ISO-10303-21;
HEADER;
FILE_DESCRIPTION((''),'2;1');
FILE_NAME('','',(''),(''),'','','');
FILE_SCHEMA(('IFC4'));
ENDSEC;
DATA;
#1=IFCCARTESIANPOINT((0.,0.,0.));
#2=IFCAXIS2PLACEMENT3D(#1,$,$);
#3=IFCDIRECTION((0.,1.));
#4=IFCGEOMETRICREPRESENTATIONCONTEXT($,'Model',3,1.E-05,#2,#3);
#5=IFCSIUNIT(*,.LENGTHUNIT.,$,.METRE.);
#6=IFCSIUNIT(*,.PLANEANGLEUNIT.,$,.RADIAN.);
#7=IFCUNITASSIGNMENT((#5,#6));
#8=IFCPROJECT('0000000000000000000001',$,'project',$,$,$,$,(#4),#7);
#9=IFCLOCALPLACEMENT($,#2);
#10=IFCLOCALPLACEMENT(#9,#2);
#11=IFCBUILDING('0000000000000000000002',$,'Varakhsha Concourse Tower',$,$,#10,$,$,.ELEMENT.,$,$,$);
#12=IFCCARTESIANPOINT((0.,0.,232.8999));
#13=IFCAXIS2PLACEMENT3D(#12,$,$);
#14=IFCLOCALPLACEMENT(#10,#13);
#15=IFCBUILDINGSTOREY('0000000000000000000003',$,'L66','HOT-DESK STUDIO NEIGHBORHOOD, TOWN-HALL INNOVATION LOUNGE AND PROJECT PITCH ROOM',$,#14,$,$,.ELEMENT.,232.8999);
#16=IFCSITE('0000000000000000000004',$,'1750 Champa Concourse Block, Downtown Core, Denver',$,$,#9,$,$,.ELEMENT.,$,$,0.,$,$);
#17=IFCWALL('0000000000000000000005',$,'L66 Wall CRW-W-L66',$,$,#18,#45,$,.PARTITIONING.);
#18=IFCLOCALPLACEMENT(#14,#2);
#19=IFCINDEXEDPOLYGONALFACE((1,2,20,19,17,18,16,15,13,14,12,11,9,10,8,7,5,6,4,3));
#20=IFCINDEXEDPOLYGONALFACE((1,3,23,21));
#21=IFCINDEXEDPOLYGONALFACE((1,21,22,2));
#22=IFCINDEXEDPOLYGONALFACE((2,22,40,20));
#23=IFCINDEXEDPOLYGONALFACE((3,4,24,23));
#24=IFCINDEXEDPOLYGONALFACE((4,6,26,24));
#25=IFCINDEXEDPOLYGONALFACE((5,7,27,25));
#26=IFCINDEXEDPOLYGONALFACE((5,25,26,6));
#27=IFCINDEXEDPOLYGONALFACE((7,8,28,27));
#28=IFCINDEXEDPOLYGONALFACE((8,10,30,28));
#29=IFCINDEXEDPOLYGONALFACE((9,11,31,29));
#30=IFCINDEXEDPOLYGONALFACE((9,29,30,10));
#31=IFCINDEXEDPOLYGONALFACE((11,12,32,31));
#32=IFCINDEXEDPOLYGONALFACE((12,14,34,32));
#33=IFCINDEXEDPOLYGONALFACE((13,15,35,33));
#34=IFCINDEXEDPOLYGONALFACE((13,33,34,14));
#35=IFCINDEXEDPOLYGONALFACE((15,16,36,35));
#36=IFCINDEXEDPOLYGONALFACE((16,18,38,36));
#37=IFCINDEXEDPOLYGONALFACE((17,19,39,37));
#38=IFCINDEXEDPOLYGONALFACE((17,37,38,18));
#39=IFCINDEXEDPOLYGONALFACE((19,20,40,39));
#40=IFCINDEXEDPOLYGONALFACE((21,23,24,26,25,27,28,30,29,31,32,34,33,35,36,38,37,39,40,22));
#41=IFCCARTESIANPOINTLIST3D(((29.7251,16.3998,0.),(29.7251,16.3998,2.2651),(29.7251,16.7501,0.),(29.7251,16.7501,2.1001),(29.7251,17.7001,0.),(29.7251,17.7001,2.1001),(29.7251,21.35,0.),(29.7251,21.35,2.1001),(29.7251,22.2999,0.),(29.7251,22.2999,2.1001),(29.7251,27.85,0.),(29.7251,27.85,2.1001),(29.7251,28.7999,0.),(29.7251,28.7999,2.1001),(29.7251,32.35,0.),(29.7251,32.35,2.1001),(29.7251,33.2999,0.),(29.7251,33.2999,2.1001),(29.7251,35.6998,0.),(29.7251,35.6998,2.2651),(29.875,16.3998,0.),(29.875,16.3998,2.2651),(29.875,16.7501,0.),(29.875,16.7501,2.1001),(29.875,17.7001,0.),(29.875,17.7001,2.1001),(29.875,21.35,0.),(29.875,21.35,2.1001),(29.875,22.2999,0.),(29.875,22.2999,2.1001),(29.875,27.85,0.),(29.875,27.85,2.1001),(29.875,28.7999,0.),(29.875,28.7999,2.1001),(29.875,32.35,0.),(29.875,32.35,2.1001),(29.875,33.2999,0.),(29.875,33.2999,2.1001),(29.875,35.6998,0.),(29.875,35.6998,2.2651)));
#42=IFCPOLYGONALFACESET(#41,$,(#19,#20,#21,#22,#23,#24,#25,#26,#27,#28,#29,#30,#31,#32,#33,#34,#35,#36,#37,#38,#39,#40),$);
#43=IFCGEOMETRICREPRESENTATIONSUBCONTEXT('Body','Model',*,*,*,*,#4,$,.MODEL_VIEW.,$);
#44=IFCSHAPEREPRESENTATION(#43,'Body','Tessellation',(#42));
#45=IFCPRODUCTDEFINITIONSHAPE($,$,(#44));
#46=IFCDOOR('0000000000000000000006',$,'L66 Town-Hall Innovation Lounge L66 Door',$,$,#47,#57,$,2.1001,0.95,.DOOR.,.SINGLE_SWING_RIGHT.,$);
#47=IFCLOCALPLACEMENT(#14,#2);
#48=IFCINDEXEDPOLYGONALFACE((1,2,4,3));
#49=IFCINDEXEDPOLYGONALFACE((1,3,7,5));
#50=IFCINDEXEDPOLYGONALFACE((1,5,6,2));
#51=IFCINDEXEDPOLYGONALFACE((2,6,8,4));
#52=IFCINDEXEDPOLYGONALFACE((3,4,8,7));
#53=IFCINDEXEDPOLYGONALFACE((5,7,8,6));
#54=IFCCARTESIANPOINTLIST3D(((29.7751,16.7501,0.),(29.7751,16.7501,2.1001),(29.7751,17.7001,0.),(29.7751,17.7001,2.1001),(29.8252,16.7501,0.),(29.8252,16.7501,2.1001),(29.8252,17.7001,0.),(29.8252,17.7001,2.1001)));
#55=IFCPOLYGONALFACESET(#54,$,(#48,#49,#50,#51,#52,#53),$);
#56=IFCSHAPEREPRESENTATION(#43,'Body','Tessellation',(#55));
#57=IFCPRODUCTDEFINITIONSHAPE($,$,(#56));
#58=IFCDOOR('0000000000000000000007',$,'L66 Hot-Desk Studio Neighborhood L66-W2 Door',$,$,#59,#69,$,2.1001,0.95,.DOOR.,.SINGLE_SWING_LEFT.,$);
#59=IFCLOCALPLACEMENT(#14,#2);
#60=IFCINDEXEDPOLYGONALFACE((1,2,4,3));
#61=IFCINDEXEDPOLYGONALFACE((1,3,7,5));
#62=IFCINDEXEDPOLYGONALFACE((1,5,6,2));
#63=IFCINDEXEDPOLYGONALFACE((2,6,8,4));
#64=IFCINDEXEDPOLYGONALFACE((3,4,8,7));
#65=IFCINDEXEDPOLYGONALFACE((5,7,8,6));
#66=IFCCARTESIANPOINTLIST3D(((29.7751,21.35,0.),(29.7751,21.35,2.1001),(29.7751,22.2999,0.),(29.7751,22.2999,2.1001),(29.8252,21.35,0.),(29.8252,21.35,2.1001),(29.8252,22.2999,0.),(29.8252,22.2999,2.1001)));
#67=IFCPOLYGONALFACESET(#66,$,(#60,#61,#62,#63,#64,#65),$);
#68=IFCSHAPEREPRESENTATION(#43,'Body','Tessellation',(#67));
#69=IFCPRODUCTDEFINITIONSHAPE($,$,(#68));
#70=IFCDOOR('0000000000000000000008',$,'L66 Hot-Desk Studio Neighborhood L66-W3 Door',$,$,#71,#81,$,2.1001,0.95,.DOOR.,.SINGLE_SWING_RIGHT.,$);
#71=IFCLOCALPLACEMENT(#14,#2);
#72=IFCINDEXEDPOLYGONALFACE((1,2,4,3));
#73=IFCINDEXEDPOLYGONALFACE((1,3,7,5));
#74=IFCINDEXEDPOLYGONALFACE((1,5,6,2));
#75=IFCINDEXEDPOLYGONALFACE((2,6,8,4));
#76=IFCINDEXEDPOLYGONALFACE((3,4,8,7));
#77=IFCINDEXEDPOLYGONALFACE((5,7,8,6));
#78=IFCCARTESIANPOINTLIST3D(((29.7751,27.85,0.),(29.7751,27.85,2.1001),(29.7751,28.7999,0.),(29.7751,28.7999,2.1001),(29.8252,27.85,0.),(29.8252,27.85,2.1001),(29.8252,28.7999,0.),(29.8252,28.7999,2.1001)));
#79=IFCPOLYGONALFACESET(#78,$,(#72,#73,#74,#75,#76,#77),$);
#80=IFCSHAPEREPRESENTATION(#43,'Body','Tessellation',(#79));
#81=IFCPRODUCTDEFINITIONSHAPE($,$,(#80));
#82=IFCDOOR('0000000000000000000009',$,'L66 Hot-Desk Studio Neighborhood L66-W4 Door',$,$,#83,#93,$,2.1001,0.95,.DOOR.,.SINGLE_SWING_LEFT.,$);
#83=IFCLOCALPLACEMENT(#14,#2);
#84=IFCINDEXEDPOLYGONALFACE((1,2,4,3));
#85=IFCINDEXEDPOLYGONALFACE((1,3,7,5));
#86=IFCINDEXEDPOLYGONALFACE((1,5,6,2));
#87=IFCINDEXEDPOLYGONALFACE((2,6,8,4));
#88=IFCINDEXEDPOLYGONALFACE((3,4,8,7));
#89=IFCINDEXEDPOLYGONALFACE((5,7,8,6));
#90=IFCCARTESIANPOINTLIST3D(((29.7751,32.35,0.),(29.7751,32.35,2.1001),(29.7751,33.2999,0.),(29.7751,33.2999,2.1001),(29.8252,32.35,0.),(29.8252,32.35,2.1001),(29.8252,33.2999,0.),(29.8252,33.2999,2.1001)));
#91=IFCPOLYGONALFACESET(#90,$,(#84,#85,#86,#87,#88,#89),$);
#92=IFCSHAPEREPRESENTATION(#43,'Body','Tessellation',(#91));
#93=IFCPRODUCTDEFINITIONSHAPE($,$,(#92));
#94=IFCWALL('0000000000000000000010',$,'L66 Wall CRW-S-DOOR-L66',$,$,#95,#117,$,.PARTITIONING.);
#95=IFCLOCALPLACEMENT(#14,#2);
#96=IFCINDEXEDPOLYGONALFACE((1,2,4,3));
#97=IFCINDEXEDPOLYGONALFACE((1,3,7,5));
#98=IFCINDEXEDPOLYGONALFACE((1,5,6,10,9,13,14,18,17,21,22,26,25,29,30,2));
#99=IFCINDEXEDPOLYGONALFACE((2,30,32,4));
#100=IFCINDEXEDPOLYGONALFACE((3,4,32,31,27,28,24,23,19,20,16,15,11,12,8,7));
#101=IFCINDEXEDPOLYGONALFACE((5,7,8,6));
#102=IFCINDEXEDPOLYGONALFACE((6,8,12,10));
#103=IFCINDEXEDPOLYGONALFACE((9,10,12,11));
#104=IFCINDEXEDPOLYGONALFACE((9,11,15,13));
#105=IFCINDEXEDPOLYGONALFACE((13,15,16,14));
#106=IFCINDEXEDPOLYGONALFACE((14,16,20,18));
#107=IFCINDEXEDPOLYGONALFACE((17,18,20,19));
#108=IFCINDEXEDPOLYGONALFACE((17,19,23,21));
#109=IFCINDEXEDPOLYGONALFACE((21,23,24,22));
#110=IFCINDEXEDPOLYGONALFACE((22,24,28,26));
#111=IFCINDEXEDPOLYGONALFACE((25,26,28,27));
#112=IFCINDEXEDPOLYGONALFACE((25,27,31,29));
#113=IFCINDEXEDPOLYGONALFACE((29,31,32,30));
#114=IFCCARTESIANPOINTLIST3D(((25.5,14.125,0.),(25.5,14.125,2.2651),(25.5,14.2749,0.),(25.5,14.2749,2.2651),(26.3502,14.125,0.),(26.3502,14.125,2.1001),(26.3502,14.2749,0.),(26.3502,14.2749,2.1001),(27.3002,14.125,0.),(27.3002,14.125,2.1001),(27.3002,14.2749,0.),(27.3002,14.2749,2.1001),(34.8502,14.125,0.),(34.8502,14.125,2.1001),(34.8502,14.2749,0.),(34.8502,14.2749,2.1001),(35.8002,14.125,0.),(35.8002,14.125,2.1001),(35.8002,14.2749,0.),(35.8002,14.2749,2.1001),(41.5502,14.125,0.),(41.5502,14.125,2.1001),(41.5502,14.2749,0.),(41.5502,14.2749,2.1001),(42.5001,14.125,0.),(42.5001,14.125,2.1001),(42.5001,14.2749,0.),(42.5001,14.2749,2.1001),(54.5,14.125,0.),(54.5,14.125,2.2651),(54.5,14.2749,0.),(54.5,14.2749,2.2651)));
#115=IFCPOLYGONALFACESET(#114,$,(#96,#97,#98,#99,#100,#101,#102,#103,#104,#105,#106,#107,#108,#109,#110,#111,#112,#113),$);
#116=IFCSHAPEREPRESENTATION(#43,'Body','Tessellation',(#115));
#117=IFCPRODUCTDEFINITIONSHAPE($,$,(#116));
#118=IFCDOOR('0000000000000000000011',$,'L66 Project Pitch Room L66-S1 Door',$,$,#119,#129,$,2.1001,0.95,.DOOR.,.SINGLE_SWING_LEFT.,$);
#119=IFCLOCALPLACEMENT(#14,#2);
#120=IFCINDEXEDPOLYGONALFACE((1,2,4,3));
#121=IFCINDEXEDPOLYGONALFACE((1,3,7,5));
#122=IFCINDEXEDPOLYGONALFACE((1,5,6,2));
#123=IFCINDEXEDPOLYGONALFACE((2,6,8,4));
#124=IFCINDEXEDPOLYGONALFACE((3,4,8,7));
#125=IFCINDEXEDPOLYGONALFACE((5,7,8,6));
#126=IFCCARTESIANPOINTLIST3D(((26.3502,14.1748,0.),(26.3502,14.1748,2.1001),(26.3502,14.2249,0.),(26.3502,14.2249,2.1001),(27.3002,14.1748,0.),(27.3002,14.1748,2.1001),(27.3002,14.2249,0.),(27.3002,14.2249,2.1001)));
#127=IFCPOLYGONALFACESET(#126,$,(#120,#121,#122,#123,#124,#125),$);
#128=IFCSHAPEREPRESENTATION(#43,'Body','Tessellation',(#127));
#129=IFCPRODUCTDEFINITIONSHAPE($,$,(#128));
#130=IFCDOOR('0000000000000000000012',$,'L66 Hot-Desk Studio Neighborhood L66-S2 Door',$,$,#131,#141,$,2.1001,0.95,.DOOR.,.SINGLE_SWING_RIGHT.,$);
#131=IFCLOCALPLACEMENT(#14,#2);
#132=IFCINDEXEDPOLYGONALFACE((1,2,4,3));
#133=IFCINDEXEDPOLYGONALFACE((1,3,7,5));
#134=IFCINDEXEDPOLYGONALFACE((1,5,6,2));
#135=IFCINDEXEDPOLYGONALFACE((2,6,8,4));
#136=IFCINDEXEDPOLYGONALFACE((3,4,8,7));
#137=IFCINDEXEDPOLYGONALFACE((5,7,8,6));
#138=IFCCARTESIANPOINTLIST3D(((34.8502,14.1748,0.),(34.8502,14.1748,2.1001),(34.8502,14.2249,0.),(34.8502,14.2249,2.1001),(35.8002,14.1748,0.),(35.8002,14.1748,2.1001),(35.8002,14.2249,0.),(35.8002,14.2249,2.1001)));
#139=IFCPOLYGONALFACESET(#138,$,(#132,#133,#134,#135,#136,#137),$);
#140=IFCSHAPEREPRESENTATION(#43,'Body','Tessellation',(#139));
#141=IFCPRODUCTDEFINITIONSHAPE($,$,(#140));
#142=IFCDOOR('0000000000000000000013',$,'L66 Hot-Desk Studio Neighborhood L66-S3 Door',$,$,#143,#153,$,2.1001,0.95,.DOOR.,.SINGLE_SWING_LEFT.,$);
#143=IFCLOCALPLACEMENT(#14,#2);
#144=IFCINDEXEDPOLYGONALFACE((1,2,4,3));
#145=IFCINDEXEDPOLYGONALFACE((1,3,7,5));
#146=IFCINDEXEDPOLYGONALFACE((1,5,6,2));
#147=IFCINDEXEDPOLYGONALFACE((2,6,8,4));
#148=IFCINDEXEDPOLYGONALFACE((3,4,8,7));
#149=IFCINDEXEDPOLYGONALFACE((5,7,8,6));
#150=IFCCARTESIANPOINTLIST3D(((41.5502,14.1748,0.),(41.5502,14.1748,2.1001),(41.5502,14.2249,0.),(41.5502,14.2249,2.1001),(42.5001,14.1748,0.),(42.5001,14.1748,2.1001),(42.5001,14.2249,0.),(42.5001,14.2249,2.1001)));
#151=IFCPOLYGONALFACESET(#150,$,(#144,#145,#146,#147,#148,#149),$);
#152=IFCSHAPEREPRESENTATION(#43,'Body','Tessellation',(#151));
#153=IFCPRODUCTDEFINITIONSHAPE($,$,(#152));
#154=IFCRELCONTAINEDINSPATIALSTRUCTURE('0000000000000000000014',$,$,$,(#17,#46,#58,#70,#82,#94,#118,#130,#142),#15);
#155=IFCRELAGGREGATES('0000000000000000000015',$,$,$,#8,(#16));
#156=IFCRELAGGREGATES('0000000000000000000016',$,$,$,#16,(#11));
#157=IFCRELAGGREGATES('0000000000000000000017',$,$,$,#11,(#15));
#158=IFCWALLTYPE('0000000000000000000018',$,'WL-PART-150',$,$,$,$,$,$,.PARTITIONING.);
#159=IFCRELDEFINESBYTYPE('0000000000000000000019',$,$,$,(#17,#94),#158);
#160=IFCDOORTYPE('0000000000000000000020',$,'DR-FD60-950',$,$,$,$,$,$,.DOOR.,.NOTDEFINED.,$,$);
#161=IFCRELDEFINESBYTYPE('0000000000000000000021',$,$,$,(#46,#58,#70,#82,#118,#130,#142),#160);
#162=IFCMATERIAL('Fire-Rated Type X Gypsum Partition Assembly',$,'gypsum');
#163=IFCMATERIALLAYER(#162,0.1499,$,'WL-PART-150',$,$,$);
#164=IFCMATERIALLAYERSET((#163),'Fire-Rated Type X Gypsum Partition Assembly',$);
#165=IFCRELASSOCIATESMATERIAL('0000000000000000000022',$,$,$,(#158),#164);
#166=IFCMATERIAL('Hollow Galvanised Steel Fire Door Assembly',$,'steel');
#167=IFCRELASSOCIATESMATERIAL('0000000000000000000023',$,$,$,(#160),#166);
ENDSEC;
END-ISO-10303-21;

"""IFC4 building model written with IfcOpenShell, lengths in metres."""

from ifc_helpers import new_model, si_unit, direction, frame, frame_2d, origin, place, context, subcontext, project, spatial, rectangle, extrude, material, layer, layer_set, type_object, element, fill, save


model = new_model("IFC4")

# Units and contexts
model_context = context("Model", 3, precision=1e-05, world=origin(), true_north=direction((0.0, 1.0)))
body_context = subcontext(model_context, "Body", "Model", "MODEL_VIEW")
ifc_project = project(units=[si_unit("LENGTHUNIT", "METRE"), si_unit("PLANEANGLEUNIT", "RADIAN")], contexts=[model_context])

# Site, building, storey
site_placement = place(None, origin())
site = spatial("IfcSite", under=ifc_project, at=site_placement, Name="1750 Champa Concourse Block, Downtown Core, Denver", CompositionType="ELEMENT", RefElevation=0.0)
building_placement = place(site_placement, origin())
building = spatial("IfcBuilding", under=site, at=building_placement, Name="Varakhsha Concourse Tower", CompositionType="ELEMENT")
storey_placement = place(building_placement, frame((0.0, 0.0, 232.8999)))
storey = spatial("IfcBuildingStorey", under=building, at=storey_placement, Name="L66", Description="HOT-DESK STUDIO NEIGHBORHOOD, TOWN-HALL INNOVATION LOUNGE AND PROJECT PITCH ROOM", CompositionType="ELEMENT", Elevation=232.8999)

# Walls, openings, doors
ifc_material_1 = material(Name="Fire-Rated Type X Gypsum Partition Assembly", Category="gypsum")
ifc_layer_1 = layer(ifc_material_1, 0.1499, Name="WL-PART-150")
ifc_layer_set_1 = layer_set([ifc_layer_1], Name="Fire-Rated Type X Gypsum Partition Assembly")
wall_type = type_object("IfcWallType", Name="WL-PART-150", PredefinedType="PARTITIONING", material=ifc_layer_set_1)
wall_1_placement = place(storey_placement, frame((29.8, 16.3999, 0.0), z_axis=(0.0, 0.0, 1.0), x_axis=(0.0, 1.0, 0.0)))
wall_1 = element("IfcWall", 1, at=wall_1_placement, inside=storey, type_object=wall_type, Name="L66 Wall CRW-W-L66", PredefinedType="PARTITIONING", context=body_context, shape_type="SweptSolid", body=[
    extrude(rectangle(XDim=19.3, YDim=0.1499, at=frame_2d((9.6499, 0.0))), origin(), (0.0, 0.0, 1.0), 2.2651),
])
opening_1_placement = place(wall_1_placement, frame((0.3501, 0.0, 0.0)))
opening_1 = element("IfcOpeningElement", 2, at=opening_1_placement, cuts=wall_1, PredefinedType="OPENING", context=body_context, shape_type="SweptSolid", body=[
    extrude(rectangle(XDim=0.95, YDim=2.1001, at=frame_2d((0.4751, 1.05))), frame((0.0, 0.085, 0.0), z_axis=(0.0, -1.0, 0.0), x_axis=(1.0, 0.0, 0.0)), (0.0, 0.0, 1.0), 0.1699),
])
opening_2_placement = place(wall_1_placement, frame((4.95, 0.0, 0.0)))
opening_2 = element("IfcOpeningElement", 3, at=opening_2_placement, cuts=wall_1, PredefinedType="OPENING", context=body_context, shape_type="SweptSolid", body=[
    extrude(rectangle(XDim=0.95, YDim=2.1001, at=frame_2d((0.4751, 1.05))), frame((0.0, 0.085, 0.0), z_axis=(0.0, -1.0, 0.0), x_axis=(1.0, 0.0, 0.0)), (0.0, 0.0, 1.0), 0.1699),
])
opening_3_placement = place(wall_1_placement, frame((11.45, 0.0, 0.0)))
opening_3 = element("IfcOpeningElement", 4, at=opening_3_placement, cuts=wall_1, PredefinedType="OPENING", context=body_context, shape_type="SweptSolid", body=[
    extrude(rectangle(XDim=0.95, YDim=2.1001, at=frame_2d((0.4751, 1.05))), frame((0.0, 0.085, 0.0), z_axis=(0.0, -1.0, 0.0), x_axis=(1.0, 0.0, 0.0)), (0.0, 0.0, 1.0), 0.1699),
])
opening_4_placement = place(wall_1_placement, frame((15.95, 0.0, 0.0)))
opening_4 = element("IfcOpeningElement", 5, at=opening_4_placement, cuts=wall_1, PredefinedType="OPENING", context=body_context, shape_type="SweptSolid", body=[
    extrude(rectangle(XDim=0.95, YDim=2.1001, at=frame_2d((0.4751, 1.05))), frame((0.0, 0.085, 0.0), z_axis=(0.0, -1.0, 0.0), x_axis=(1.0, 0.0, 0.0)), (0.0, 0.0, 1.0), 0.1699),
])
ifc_material_2 = material(Name="Hollow Galvanised Steel Fire Door Assembly", Category="steel")
door_type = type_object("IfcDoorType", Name="DR-FD60-950", OperationType="NOTDEFINED", PredefinedType="DOOR", material=ifc_material_2)
door_1_placement = place(opening_1_placement, origin())
door_1 = element("IfcDoor", 6, at=door_1_placement, inside=storey, type_object=door_type, Name="L66 Town-Hall Innovation Lounge L66 Door", OperationType="SINGLE_SWING_RIGHT", OverallHeight=2.1001, OverallWidth=0.95, PredefinedType="DOOR", context=body_context, shape_type="SweptSolid", body=[
    extrude(rectangle(XDim=0.95, YDim=2.1001, at=frame_2d((0.4751, 1.05))), frame((0.0, 0.0249, 0.0), z_axis=(0.0, -1.0, 0.0), x_axis=(1.0, 0.0, 0.0)), (0.0, 0.0, 1.0), 0.05),
])
fill(opening_1, door_1)
door_2_placement = place(opening_2_placement, origin())
door_2 = element("IfcDoor", 7, at=door_2_placement, inside=storey, type_object=door_type, Name="L66 Hot-Desk Studio Neighborhood L66-W2 Door", OperationType="SINGLE_SWING_LEFT", OverallHeight=2.1001, OverallWidth=0.95, PredefinedType="DOOR", context=body_context, shape_type="SweptSolid", body=[
    extrude(rectangle(XDim=0.95, YDim=2.1001, at=frame_2d((0.4751, 1.05))), frame((0.0, 0.0249, 0.0), z_axis=(0.0, -1.0, 0.0), x_axis=(1.0, 0.0, 0.0)), (0.0, 0.0, 1.0), 0.05),
])
fill(opening_2, door_2)
door_3_placement = place(opening_3_placement, origin())
door_3 = element("IfcDoor", 8, at=door_3_placement, inside=storey, type_object=door_type, Name="L66 Hot-Desk Studio Neighborhood L66-W3 Door", OperationType="SINGLE_SWING_RIGHT", OverallHeight=2.1001, OverallWidth=0.95, PredefinedType="DOOR", context=body_context, shape_type="SweptSolid", body=[
    extrude(rectangle(XDim=0.95, YDim=2.1001, at=frame_2d((0.4751, 1.05))), frame((0.0, 0.0249, 0.0), z_axis=(0.0, -1.0, 0.0), x_axis=(1.0, 0.0, 0.0)), (0.0, 0.0, 1.0), 0.05),
])
fill(opening_3, door_3)
door_4_placement = place(opening_4_placement, origin())
door_4 = element("IfcDoor", 9, at=door_4_placement, inside=storey, type_object=door_type, Name="L66 Hot-Desk Studio Neighborhood L66-W4 Door", OperationType="SINGLE_SWING_LEFT", OverallHeight=2.1001, OverallWidth=0.95, PredefinedType="DOOR", context=body_context, shape_type="SweptSolid", body=[
    extrude(rectangle(XDim=0.95, YDim=2.1001, at=frame_2d((0.4751, 1.05))), frame((0.0, 0.0249, 0.0), z_axis=(0.0, -1.0, 0.0), x_axis=(1.0, 0.0, 0.0)), (0.0, 0.0, 1.0), 0.05),
])
fill(opening_4, door_4)
wall_2_placement = place(storey_placement, frame((25.5, 14.2, 0.0), z_axis=(0.0, 0.0, 1.0), x_axis=(1.0, 0.0, 0.0)))
wall_2 = element("IfcWall", 10, at=wall_2_placement, inside=storey, type_object=wall_type, Name="L66 Wall CRW-S-DOOR-L66", PredefinedType="PARTITIONING", context=body_context, shape_type="SweptSolid", body=[
    extrude(rectangle(XDim=29.0, YDim=0.1499, at=frame_2d((14.5, 0.0))), origin(), (0.0, 0.0, 1.0), 2.2651),
])
opening_5_placement = place(wall_2_placement, frame((0.8501, 0.0, 0.0)))
opening_5 = element("IfcOpeningElement", 11, at=opening_5_placement, cuts=wall_2, PredefinedType="OPENING", context=body_context, shape_type="SweptSolid", body=[
    extrude(rectangle(XDim=0.95, YDim=2.1001, at=frame_2d((0.4751, 1.05))), frame((0.0, 0.085, 0.0), z_axis=(0.0, -1.0, 0.0), x_axis=(1.0, 0.0, 0.0)), (0.0, 0.0, 1.0), 0.1699),
])
opening_6_placement = place(wall_2_placement, frame((9.3501, 0.0, 0.0)))
opening_6 = element("IfcOpeningElement", 12, at=opening_6_placement, cuts=wall_2, PredefinedType="OPENING", context=body_context, shape_type="SweptSolid", body=[
    extrude(rectangle(XDim=0.95, YDim=2.1001, at=frame_2d((0.4751, 1.05))), frame((0.0, 0.085, 0.0), z_axis=(0.0, -1.0, 0.0), x_axis=(1.0, 0.0, 0.0)), (0.0, 0.0, 1.0), 0.1699),
])
opening_7_placement = place(wall_2_placement, frame((16.05, 0.0, 0.0)))
opening_7 = element("IfcOpeningElement", 13, at=opening_7_placement, cuts=wall_2, PredefinedType="OPENING", context=body_context, shape_type="SweptSolid", body=[
    extrude(rectangle(XDim=0.95, YDim=2.1001, at=frame_2d((0.4751, 1.05))), frame((0.0, 0.085, 0.0), z_axis=(0.0, -1.0, 0.0), x_axis=(1.0, 0.0, 0.0)), (0.0, 0.0, 1.0), 0.1699),
])
door_5_placement = place(opening_5_placement, origin())
door_5 = element("IfcDoor", 14, at=door_5_placement, inside=storey, type_object=door_type, Name="L66 Project Pitch Room L66-S1 Door", OperationType="SINGLE_SWING_LEFT", OverallHeight=2.1001, OverallWidth=0.95, PredefinedType="DOOR", context=body_context, shape_type="SweptSolid", body=[
    extrude(rectangle(XDim=0.95, YDim=2.1001, at=frame_2d((0.4751, 1.05))), frame((0.0, 0.0249, 0.0), z_axis=(0.0, -1.0, 0.0), x_axis=(1.0, 0.0, 0.0)), (0.0, 0.0, 1.0), 0.05),
])
fill(opening_5, door_5)
door_6_placement = place(opening_6_placement, origin())
door_6 = element("IfcDoor", 15, at=door_6_placement, inside=storey, type_object=door_type, Name="L66 Hot-Desk Studio Neighborhood L66-S2 Door", OperationType="SINGLE_SWING_RIGHT", OverallHeight=2.1001, OverallWidth=0.95, PredefinedType="DOOR", context=body_context, shape_type="SweptSolid", body=[
    extrude(rectangle(XDim=0.95, YDim=2.1001, at=frame_2d((0.4751, 1.05))), frame((0.0, 0.0249, 0.0), z_axis=(0.0, -1.0, 0.0), x_axis=(1.0, 0.0, 0.0)), (0.0, 0.0, 1.0), 0.05),
])
fill(opening_6, door_6)
door_7_placement = place(opening_7_placement, origin())
door_7 = element("IfcDoor", 16, at=door_7_placement, inside=storey, type_object=door_type, Name="L66 Hot-Desk Studio Neighborhood L66-S3 Door", OperationType="SINGLE_SWING_LEFT", OverallHeight=2.1001, OverallWidth=0.95, PredefinedType="DOOR", context=body_context, shape_type="SweptSolid", body=[
    extrude(rectangle(XDim=0.95, YDim=2.1001, at=frame_2d((0.4751, 1.05))), frame((0.0, 0.0249, 0.0), z_axis=(0.0, -1.0, 0.0), x_axis=(1.0, 0.0, 0.0)), (0.0, 0.0, 1.0), 0.05),
])
fill(opening_7, door_7)

save(model, "model.ifc")
